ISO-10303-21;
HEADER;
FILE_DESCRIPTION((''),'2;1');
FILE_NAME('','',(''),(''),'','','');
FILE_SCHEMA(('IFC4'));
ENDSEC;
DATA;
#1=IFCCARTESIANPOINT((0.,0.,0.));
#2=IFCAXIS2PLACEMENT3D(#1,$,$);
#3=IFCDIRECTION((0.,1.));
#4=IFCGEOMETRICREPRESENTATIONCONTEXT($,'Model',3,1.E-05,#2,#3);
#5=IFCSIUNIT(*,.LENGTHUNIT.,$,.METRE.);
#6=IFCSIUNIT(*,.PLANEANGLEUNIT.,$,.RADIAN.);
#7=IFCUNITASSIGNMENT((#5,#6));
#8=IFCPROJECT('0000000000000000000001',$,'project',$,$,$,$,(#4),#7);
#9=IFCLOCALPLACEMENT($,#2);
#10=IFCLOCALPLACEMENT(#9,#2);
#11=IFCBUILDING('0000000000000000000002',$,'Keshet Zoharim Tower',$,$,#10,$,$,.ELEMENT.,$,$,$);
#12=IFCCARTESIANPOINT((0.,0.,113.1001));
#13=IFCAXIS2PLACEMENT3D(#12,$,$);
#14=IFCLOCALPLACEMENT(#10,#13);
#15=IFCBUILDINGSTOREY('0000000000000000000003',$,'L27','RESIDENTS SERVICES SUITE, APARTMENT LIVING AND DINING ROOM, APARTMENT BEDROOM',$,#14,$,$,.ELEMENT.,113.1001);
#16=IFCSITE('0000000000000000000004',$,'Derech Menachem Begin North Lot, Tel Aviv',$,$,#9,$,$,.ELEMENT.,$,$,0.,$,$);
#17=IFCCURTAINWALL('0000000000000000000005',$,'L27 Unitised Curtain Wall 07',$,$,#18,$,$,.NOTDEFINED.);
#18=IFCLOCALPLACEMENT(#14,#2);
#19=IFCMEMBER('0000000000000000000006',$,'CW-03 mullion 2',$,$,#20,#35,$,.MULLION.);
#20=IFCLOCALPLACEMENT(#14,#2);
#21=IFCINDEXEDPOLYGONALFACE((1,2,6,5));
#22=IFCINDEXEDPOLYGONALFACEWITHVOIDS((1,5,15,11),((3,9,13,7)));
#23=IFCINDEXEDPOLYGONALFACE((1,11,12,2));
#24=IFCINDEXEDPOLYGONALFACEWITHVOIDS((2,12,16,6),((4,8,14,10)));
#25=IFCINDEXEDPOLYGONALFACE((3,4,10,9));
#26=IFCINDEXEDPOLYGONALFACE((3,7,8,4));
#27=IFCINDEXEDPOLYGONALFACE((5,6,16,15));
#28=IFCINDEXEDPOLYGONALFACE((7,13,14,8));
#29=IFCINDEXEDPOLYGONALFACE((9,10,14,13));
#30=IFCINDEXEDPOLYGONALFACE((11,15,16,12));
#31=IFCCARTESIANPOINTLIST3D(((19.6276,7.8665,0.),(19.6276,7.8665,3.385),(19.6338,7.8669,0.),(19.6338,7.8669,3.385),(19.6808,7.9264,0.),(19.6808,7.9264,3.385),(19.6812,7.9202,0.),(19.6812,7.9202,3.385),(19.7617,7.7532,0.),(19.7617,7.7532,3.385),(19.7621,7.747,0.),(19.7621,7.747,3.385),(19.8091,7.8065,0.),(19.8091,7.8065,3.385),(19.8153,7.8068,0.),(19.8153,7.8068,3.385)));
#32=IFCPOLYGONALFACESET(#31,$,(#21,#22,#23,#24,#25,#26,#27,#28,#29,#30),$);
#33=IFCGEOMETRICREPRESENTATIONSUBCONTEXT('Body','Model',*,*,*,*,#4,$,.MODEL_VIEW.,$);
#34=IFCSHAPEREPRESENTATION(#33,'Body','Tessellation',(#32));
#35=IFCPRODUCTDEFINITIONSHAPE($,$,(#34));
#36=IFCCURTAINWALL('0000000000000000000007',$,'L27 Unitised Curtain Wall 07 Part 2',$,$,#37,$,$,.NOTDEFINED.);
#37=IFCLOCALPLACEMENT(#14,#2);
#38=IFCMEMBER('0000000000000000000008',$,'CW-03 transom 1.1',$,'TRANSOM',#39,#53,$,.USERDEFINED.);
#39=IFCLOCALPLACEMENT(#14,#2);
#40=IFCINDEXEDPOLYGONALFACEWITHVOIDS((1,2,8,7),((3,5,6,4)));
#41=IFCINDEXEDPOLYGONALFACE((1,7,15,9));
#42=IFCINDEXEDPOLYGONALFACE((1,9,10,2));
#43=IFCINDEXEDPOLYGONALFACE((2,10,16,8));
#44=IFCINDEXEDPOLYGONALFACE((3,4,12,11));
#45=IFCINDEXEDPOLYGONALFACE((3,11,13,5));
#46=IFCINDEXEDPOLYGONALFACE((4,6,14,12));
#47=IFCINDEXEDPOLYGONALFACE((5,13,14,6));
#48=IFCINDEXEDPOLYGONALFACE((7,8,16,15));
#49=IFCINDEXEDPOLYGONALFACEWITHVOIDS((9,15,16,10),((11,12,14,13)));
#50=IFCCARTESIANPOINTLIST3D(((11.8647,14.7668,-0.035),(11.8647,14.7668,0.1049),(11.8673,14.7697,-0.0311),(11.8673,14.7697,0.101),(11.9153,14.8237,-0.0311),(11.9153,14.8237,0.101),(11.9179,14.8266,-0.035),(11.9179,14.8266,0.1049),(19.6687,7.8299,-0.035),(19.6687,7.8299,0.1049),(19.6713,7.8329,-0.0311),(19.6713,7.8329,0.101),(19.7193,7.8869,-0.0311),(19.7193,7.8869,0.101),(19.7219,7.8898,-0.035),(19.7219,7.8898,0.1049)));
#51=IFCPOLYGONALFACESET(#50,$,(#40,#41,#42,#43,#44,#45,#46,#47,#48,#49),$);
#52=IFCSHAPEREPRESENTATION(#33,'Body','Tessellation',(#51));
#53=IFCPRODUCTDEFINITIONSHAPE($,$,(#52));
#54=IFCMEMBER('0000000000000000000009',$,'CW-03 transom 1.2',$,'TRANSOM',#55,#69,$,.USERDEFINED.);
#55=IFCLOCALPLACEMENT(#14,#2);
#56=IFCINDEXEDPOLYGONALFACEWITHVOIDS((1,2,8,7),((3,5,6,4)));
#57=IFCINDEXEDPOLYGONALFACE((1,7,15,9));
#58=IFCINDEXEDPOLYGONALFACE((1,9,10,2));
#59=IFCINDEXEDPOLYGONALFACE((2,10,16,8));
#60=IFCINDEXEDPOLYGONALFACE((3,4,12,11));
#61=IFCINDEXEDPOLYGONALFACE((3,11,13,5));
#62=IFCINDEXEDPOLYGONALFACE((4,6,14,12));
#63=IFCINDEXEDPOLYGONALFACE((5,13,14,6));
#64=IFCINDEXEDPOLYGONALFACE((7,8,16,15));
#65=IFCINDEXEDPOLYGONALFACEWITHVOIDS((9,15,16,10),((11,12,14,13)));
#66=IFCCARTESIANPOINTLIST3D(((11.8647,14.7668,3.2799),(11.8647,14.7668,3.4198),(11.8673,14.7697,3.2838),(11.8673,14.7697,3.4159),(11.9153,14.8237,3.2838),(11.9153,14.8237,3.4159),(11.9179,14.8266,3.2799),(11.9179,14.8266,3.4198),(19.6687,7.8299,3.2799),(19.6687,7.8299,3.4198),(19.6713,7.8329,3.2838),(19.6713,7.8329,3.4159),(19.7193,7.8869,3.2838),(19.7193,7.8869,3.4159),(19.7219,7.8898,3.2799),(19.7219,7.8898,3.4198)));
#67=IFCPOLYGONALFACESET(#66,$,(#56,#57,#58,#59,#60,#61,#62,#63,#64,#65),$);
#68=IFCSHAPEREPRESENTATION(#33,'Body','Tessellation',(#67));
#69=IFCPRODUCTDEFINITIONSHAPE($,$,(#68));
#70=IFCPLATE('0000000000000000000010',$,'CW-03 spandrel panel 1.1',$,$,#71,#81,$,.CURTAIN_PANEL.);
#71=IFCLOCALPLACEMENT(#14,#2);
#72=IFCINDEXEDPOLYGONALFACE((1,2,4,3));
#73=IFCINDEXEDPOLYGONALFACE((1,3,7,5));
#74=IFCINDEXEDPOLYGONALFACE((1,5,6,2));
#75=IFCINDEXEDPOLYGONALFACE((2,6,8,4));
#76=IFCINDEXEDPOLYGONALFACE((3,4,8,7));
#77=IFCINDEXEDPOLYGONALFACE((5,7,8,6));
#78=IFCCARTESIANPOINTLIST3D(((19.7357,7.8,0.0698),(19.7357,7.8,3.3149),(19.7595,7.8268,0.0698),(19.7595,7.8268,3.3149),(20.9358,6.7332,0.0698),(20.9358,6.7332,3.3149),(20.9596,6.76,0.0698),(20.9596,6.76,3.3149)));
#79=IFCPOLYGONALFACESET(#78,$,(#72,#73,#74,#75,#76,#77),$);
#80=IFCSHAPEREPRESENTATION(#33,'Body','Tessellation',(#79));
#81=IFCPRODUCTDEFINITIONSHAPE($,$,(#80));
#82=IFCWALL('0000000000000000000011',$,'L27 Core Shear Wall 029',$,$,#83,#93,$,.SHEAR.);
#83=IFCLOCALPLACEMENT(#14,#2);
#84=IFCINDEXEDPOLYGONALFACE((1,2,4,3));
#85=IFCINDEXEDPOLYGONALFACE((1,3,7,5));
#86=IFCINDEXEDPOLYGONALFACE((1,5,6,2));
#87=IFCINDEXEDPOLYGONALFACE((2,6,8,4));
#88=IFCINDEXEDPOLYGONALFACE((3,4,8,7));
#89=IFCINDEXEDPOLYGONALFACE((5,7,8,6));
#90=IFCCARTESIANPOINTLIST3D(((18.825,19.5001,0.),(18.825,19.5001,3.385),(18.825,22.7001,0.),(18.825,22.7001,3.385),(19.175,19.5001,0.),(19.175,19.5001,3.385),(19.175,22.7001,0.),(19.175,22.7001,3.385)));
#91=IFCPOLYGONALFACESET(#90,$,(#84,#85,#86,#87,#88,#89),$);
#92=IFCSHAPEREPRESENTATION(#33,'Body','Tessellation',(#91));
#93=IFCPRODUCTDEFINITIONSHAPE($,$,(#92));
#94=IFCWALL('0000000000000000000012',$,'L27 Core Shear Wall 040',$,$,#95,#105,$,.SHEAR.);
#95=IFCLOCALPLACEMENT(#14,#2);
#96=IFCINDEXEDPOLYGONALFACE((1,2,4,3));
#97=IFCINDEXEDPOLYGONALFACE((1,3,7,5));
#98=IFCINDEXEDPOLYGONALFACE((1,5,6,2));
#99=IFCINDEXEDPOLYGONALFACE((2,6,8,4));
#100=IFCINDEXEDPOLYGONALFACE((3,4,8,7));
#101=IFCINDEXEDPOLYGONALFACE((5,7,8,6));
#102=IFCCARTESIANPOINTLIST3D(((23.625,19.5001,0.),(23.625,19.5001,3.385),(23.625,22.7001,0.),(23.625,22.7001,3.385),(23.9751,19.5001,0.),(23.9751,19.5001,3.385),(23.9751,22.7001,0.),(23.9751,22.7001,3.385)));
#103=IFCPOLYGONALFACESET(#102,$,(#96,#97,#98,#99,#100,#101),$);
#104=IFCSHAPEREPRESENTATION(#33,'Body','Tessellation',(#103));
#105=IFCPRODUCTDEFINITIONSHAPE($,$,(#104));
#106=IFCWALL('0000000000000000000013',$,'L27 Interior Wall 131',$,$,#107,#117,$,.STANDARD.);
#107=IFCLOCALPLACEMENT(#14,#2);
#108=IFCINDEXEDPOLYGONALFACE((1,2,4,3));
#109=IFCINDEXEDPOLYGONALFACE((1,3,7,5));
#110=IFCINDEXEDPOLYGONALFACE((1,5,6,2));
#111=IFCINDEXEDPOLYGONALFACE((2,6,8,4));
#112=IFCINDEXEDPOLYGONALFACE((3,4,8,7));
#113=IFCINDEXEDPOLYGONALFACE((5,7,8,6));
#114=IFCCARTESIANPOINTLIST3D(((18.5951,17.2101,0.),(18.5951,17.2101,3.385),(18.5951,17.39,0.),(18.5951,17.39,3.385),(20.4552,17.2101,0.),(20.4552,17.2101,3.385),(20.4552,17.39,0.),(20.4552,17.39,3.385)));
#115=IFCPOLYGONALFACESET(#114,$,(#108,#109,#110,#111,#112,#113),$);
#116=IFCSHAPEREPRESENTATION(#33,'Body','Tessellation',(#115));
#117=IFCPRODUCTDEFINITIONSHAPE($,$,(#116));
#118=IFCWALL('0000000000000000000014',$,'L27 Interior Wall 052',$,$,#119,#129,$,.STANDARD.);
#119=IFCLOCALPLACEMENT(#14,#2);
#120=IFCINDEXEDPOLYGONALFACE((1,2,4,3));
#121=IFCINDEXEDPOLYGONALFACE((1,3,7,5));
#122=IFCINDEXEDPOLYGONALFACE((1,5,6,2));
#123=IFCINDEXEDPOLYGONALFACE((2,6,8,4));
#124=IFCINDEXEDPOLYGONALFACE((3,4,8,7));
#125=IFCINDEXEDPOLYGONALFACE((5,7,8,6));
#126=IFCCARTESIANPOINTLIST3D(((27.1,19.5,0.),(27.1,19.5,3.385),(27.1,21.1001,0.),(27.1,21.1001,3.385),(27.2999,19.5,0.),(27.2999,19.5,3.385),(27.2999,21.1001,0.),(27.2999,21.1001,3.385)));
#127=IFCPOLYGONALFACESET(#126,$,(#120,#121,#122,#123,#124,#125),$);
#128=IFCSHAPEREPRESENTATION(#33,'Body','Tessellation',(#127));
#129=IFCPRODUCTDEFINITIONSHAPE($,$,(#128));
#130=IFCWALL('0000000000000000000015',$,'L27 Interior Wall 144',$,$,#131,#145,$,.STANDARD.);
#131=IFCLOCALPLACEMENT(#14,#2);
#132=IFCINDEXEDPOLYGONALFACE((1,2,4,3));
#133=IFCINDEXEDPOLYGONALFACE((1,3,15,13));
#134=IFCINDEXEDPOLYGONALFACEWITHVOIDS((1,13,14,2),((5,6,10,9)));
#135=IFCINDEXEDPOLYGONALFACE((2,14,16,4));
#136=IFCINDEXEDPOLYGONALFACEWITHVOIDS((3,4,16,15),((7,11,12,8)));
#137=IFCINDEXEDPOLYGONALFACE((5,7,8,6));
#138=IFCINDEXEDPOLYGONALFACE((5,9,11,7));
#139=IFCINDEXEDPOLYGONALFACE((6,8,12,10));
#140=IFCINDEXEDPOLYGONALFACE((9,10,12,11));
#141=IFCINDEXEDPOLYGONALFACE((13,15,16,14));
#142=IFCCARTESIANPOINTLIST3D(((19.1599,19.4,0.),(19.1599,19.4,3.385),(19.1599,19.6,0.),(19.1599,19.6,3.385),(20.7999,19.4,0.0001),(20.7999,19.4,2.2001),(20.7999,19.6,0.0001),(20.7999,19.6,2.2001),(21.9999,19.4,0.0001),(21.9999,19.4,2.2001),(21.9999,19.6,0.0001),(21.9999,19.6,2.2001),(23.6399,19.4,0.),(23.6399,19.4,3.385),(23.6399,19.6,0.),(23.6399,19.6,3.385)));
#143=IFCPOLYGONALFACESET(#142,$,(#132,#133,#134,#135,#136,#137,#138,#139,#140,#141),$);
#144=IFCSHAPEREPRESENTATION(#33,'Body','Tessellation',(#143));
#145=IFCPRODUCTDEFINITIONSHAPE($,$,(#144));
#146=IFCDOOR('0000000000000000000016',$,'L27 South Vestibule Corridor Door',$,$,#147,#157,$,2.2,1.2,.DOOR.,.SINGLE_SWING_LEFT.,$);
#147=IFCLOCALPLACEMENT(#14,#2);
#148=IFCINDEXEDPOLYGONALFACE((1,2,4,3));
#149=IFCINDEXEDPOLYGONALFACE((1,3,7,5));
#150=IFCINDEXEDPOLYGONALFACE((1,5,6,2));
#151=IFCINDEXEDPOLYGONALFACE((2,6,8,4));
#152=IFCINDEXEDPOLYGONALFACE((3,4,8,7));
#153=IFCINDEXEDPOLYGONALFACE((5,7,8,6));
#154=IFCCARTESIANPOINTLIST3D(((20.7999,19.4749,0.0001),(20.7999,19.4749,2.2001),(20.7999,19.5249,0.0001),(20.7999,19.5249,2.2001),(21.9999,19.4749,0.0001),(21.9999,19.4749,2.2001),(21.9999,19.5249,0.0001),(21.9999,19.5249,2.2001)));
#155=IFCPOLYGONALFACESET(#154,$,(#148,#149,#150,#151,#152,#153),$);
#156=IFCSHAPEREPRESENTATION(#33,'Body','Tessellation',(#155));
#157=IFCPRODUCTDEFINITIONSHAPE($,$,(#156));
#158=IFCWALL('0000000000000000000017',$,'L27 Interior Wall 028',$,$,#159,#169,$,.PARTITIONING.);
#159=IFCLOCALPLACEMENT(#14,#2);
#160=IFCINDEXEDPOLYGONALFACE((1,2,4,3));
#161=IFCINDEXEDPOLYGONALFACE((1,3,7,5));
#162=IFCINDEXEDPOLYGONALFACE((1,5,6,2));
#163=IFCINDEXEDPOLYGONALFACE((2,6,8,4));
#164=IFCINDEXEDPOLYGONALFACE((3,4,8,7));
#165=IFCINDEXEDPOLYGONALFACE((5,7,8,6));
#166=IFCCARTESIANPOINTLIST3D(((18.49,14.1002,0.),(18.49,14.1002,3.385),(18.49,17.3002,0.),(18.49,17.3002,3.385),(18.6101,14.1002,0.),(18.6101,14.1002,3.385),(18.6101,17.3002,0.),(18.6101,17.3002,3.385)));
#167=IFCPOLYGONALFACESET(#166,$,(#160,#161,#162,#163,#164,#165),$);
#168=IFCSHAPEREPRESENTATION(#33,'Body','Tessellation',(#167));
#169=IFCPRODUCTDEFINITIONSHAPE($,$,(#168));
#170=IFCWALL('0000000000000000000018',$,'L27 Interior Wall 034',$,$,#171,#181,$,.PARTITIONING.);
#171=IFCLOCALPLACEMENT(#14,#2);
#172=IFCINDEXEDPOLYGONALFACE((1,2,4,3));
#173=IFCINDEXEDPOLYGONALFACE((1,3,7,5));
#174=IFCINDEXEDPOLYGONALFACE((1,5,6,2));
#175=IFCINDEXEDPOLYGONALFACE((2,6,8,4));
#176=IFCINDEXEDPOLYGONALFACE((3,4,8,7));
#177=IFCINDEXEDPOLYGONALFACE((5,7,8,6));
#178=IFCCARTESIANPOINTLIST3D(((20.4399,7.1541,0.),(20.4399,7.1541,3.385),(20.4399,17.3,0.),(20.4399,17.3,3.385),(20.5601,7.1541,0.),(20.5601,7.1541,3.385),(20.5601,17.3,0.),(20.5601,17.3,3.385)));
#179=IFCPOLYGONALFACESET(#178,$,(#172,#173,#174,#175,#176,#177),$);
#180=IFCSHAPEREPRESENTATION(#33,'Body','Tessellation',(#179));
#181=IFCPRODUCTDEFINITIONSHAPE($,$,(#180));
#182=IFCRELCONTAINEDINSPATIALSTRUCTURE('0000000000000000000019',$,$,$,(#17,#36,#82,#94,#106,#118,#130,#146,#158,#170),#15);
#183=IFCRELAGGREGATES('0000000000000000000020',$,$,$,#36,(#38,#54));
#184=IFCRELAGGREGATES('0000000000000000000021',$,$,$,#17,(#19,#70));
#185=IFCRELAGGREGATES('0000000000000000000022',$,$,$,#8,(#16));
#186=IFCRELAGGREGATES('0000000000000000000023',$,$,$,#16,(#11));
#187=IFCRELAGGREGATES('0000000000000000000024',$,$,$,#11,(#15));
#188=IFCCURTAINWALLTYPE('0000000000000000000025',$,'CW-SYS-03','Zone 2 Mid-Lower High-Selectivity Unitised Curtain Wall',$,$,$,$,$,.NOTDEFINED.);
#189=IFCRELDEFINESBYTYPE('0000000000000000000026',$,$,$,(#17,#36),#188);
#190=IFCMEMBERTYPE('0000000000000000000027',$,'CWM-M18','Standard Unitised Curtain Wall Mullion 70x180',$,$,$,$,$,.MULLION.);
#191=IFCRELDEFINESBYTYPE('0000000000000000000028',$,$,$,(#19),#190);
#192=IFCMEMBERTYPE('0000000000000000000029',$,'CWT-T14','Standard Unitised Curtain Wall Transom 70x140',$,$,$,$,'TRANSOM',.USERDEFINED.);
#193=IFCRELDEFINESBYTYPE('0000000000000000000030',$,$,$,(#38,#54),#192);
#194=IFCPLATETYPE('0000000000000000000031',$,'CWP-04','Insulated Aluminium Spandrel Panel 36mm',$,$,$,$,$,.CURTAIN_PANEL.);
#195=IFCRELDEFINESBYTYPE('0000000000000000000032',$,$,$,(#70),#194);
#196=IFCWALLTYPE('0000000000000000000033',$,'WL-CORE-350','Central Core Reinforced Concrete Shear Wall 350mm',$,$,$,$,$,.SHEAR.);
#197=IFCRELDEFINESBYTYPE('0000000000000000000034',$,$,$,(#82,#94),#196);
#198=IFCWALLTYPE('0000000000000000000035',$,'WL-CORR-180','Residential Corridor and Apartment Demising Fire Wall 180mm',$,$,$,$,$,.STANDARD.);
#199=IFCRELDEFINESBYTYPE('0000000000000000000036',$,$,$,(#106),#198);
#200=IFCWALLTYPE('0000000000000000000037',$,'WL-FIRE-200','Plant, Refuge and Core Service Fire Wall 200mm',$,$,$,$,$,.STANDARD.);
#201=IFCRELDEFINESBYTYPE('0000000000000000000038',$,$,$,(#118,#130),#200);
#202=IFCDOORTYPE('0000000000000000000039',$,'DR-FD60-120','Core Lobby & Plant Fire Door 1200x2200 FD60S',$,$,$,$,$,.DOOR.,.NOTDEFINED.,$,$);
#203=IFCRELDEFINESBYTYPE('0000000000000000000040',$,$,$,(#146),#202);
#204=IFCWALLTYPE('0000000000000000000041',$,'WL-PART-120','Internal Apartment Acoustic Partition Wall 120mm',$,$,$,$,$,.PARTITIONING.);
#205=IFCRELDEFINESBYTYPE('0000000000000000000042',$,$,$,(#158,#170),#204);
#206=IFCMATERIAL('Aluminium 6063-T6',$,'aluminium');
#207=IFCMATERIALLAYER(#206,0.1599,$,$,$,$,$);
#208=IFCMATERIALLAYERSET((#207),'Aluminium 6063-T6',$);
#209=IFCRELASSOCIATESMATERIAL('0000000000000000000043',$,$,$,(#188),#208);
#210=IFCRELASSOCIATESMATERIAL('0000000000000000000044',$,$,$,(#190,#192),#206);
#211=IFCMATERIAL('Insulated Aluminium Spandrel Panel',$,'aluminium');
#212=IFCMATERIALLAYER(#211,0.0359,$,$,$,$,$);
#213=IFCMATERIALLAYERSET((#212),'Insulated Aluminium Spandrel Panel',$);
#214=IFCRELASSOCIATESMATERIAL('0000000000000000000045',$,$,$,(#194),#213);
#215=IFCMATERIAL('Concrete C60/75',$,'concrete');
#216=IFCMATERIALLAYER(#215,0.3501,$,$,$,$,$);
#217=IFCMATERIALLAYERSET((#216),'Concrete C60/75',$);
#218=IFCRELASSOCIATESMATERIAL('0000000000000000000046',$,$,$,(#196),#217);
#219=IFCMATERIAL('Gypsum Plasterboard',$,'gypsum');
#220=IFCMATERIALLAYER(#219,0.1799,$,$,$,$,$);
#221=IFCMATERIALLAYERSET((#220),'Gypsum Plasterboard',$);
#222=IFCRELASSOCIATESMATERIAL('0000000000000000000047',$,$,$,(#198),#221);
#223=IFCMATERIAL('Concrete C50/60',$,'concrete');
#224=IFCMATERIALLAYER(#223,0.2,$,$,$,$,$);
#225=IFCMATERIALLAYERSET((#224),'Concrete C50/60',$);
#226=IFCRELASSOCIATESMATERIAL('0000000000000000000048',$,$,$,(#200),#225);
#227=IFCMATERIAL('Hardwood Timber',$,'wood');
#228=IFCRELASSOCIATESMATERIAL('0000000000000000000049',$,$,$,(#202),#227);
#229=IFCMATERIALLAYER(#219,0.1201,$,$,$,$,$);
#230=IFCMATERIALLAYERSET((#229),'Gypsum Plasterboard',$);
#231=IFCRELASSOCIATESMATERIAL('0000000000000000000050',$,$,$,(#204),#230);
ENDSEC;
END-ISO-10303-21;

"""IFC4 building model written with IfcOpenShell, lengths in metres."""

from ifc_helpers import new_model, si_unit, direction, frame, frame_2d, origin, origin_2d, place, context, subcontext, project, spatial, rectangle, hollow_rectangle, extrude, material, layer, layer_set, material_profile, profile_set, type_object, element, fill, aggregate, save


model = new_model("IFC4")

# Units and contexts
model_context = context("Model", 3, precision=1e-05, world=origin(), true_north=direction((0.0, 1.0)))
body_context = subcontext(model_context, "Body", "Model", "MODEL_VIEW")
ifc_project = project(units=[si_unit("LENGTHUNIT", "METRE"), si_unit("PLANEANGLEUNIT", "RADIAN")], contexts=[model_context])

# Site, building, storey
site_placement = place(None, origin())
site = spatial("IfcSite", under=ifc_project, at=site_placement, Name="Derech Menachem Begin North Lot, Tel Aviv", CompositionType="ELEMENT", RefElevation=0.0)
building_placement = place(site_placement, origin())
building = spatial("IfcBuilding", under=site, at=building_placement, Name="Keshet Zoharim Tower", CompositionType="ELEMENT")
storey_placement = place(building_placement, frame((0.0, 0.0, 113.1001)))
storey = spatial("IfcBuildingStorey", under=building, at=storey_placement, Name="L27", Description="RESIDENTS SERVICES SUITE, APARTMENT LIVING AND DINING ROOM, APARTMENT BEDROOM", CompositionType="ELEMENT", Elevation=113.1001)

# Curtain wall, member
ifc_material_1 = material(Name="Aluminium 6063-T6", Category="aluminium")
ifc_layer_1 = layer(ifc_material_1, 0.1599)
ifc_layer_set_1 = layer_set([ifc_layer_1], Name="Aluminium 6063-T6")
curtain_wall_type = type_object("IfcCurtainWallType", Name="CW-SYS-03", Description="Zone 2 Mid-Lower High-Selectivity Unitised Curtain Wall", PredefinedType="NOTDEFINED", material=ifc_layer_set_1)
curtain_wall_1_placement = place(storey_placement, origin())
curtain_wall_1 = element("IfcCurtainWall", 1, at=curtain_wall_1_placement, inside=storey, type_object=curtain_wall_type, Name="L27 Unitised Curtain Wall 07", PredefinedType="NOTDEFINED")
ifc_material_profile_1 = material_profile(ifc_material_1, hollow_rectangle(XDim=0.0801, YDim=0.1799, WallThickness=0.0044, at=origin_2d()), Name="MUL-80x180")
ifc_profile_set_1 = profile_set([ifc_material_profile_1], Name="Aluminium 6063-T6")
member_type_1 = type_object("IfcMemberType", Name="CWM-M18", Description="Standard Unitised Curtain Wall Mullion 70x180", PredefinedType="MULLION", material=ifc_profile_set_1)
member_1_placement = place(storey_placement, frame((19.7214, 7.8367, 0.0), z_axis=(0.0, 0.0, 1.0), x_axis=(-0.664389, -0.747387, 0.0)))
member_1 = element("IfcMember", 2, at=member_1_placement, type_object=member_type_1, Name="CW-03 mullion 2", PredefinedType="MULLION", context=body_context, shape_type="SweptSolid", body=[
    extrude(hollow_rectangle(XDim=0.0801, YDim=0.1799, WallThickness=0.0044, at=origin_2d()), origin(), (0.0, 0.0, 1.0), 3.385),
])

# Curtain wall, members
curtain_wall_2_placement = place(storey_placement, origin())
curtain_wall_2 = element("IfcCurtainWall", 3, at=curtain_wall_2_placement, inside=storey, type_object=curtain_wall_type, Name="L27 Unitised Curtain Wall 07 Part 2", PredefinedType="NOTDEFINED")
ifc_material_profile_2 = material_profile(ifc_material_1, hollow_rectangle(XDim=0.0801, YDim=0.1399, WallThickness=0.0039, at=origin_2d()), Name="TRN-80x140")
ifc_profile_set_2 = profile_set([ifc_material_profile_2], Name="Aluminium 6063-T6")
member_type_2 = type_object("IfcMemberType", Name="CWT-T14", Description="Standard Unitised Curtain Wall Transom 70x140", ElementType="TRANSOM", PredefinedType="USERDEFINED", material=ifc_profile_set_2)
member_2_placement = place(storey_placement, frame((19.6953, 7.8599, 0.0349), z_axis=(-0.747413, 0.664359, 0.0), x_axis=(-0.664359, -0.747413, 0.0)))
member_2 = element("IfcMember", 4, at=member_2_placement, type_object=member_type_2, Name="CW-03 transom 1.1", ObjectType="TRANSOM", PredefinedType="USERDEFINED", context=body_context, shape_type="SweptSolid", body=[
    extrude(hollow_rectangle(XDim=0.0801, YDim=0.1399, WallThickness=0.0039, at=origin_2d()), origin(), (0.0, 0.0, 1.0), 10.4414),
])
member_3_placement = place(storey_placement, frame((19.6953, 7.8599, 3.3499), z_axis=(-0.747413, 0.664359, 0.0), x_axis=(-0.664359, -0.747413, 0.0)))
member_3 = element("IfcMember", 5, at=member_3_placement, type_object=member_type_2, Name="CW-03 transom 1.2", ObjectType="TRANSOM", PredefinedType="USERDEFINED", context=body_context, shape_type="SweptSolid", body=[
    extrude(hollow_rectangle(XDim=0.0801, YDim=0.1399, WallThickness=0.0039, at=origin_2d()), origin(), (0.0, 0.0, 1.0), 10.4414),
])
aggregate(curtain_wall_2, [member_2, member_3])

# Plate
ifc_material_2 = material(Name="Insulated Aluminium Spandrel Panel", Category="aluminium")
ifc_layer_2 = layer(ifc_material_2, 0.0359)
ifc_layer_set_2 = layer_set([ifc_layer_2], Name="Insulated Aluminium Spandrel Panel")
plate_type = type_object("IfcPlateType", Name="CWP-04", Description="Insulated Aluminium Spandrel Panel 36mm", PredefinedType="CURTAIN_PANEL", material=ifc_layer_set_2)
plate_placement = place(storey_placement, frame((20.3477, 7.28, 0.0698), z_axis=(0.0, 0.0, 1.0), x_axis=(-0.747387, 0.664389, 0.0)))
plate = element("IfcPlate", 6, at=plate_placement, type_object=plate_type, Name="CW-03 spandrel panel 1.1", PredefinedType="CURTAIN_PANEL", context=body_context, shape_type="SweptSolid", body=[
    extrude(rectangle(XDim=1.6057, YDim=0.0359, at=origin_2d()), origin(), (0.0, 0.0, 1.0), 3.2451),
])
aggregate(curtain_wall_1, [member_1, plate])

# Shared definitions
ifc_material_3 = material(Name="Gypsum Plasterboard", Category="gypsum")
ifc_material_4 = material(Name="Hardwood Timber", Category="wood")

# Walls
ifc_material_5 = material(Name="Concrete C60/75", Category="concrete")
ifc_layer_3 = layer(ifc_material_5, 0.3501)
ifc_layer_set_3 = layer_set([ifc_layer_3], Name="Concrete C60/75")
wall_type_1 = type_object("IfcWallType", Name="WL-CORE-350", Description="Central Core Reinforced Concrete Shear Wall 350mm", PredefinedType="SHEAR", material=ifc_layer_set_3)
for number, where, z_axis, x_axis, name in (
    (7, (19.0, 19.5, 0.0), (0.0, 0.0, 1.0), (0.0, 1.0, 0.0), "L27 Core Shear Wall 029"),
    (8, (23.8, 19.5, 0.0), (0.0, 0.0, 1.0), (0.0, 1.0, 0.0), "L27 Core Shear Wall 040"),
):
    element("IfcWall", number, at=place(storey_placement, frame(where, z_axis=z_axis, x_axis=x_axis)), inside=storey, type_object=wall_type_1, Name=name, PredefinedType="SHEAR", context=body_context, shape_type="SweptSolid", body=[
        extrude(rectangle(XDim=3.2, YDim=0.3501, at=frame_2d((1.6001, 0.0))), origin(), (0.0, 0.0, 1.0), 3.385),
    ])
ifc_layer_4 = layer(ifc_material_3, 0.1799)
ifc_layer_set_4 = layer_set([ifc_layer_4], Name="Gypsum Plasterboard")
wall_type_2 = type_object("IfcWallType", Name="WL-CORR-180", Description="Residential Corridor and Apartment Demising Fire Wall 180mm", PredefinedType="STANDARD", material=ifc_layer_set_4)
wall_1_placement = place(storey_placement, frame((18.595, 17.3, 0.0), z_axis=(0.0, 0.0, 1.0), x_axis=(1.0, 0.0, 0.0)))
element("IfcWall", 9, at=wall_1_placement, inside=storey, type_object=wall_type_2, Name="L27 Interior Wall 131", PredefinedType="STANDARD", context=body_context, shape_type="SweptSolid", body=[
    extrude(rectangle(XDim=1.8601, YDim=0.1799, at=frame_2d((0.9302, 0.0))), origin(), (0.0, 0.0, 1.0), 3.385),
])
ifc_material_6 = material(Name="Concrete C50/60", Category="concrete")
ifc_layer_5 = layer(ifc_material_6, 0.2)
ifc_layer_set_5 = layer_set([ifc_layer_5], Name="Concrete C50/60")
wall_type_3 = type_object("IfcWallType", Name="WL-FIRE-200", Description="Plant, Refuge and Core Service Fire Wall 200mm", PredefinedType="STANDARD", material=ifc_layer_set_5)
wall_2_placement = place(storey_placement, frame((27.2, 19.5, 0.0), z_axis=(0.0, 0.0, 1.0), x_axis=(0.0, 1.0, 0.0)))
element("IfcWall", 10, at=wall_2_placement, inside=storey, type_object=wall_type_3, Name="L27 Interior Wall 052", PredefinedType="STANDARD", context=body_context, shape_type="SweptSolid", body=[
    extrude(rectangle(XDim=1.6001, YDim=0.2, at=frame_2d((0.8, 0.0))), origin(), (0.0, 0.0, 1.0), 3.385),
])

# Wall, opening, door
wall_3_placement = place(storey_placement, frame((19.1599, 19.5, 0.0), z_axis=(0.0, 0.0, 1.0), x_axis=(1.0, 0.0, 0.0)))
wall_3 = element("IfcWall", 11, at=wall_3_placement, inside=storey, type_object=wall_type_3, Name="L27 Interior Wall 144", PredefinedType="STANDARD", context=body_context, shape_type="SweptSolid", body=[
    extrude(rectangle(XDim=4.48, YDim=0.2, at=frame_2d((2.24, 0.0))), origin(), (0.0, 0.0, 1.0), 3.385),
])
opening_1_placement = place(wall_3_placement, frame((1.6399, 0.0, 0.0)))
opening_1 = element("IfcOpeningElement", 12, at=opening_1_placement, cuts=wall_3, PredefinedType="OPENING", context=body_context, shape_type="SweptSolid", body=[
    extrude(rectangle(XDim=1.2, YDim=2.2, at=frame_2d((0.6001, 1.1001))), frame((0.0, 0.1099, 0.0), z_axis=(0.0, -1.0, 0.0), x_axis=(1.0, 0.0, 0.0)), (0.0, 0.0, 1.0), 0.22),
])
door_type_1 = type_object("IfcDoorType", Name="DR-FD60-120", Description="Core Lobby & Plant Fire Door 1200x2200 FD60S", OperationType="NOTDEFINED", PredefinedType="DOOR", material=ifc_material_4)
door_1_placement = place(opening_1_placement, origin())
door_1 = element("IfcDoor", 13, at=door_1_placement, inside=storey, type_object=door_type_1, Name="L27 South Vestibule Corridor Door", OperationType="SINGLE_SWING_LEFT", OverallHeight=2.2, OverallWidth=1.2, PredefinedType="DOOR", context=body_context, shape_type="SweptSolid", body=[
    extrude(rectangle(XDim=1.2, YDim=2.2, at=frame_2d((0.6001, 1.1001))), frame((0.0, 0.0249, 0.0), z_axis=(0.0, -1.0, 0.0), x_axis=(1.0, 0.0, 0.0)), (0.0, 0.0, 1.0), 0.05),
])
fill(opening_1, door_1)

# Walls
ifc_layer_6 = layer(ifc_material_3, 0.1201)
ifc_layer_set_6 = layer_set([ifc_layer_6], Name="Gypsum Plasterboard")
wall_type_4 = type_object("IfcWallType", Name="WL-PART-120", Description="Internal Apartment Acoustic Partition Wall 120mm", PredefinedType="PARTITIONING", material=ifc_layer_set_6)
wall_4_placement = place(storey_placement, frame((18.55, 14.1001, 0.0), z_axis=(0.0, 0.0, 1.0), x_axis=(0.0, 1.0, 0.0)))
element("IfcWall", 14, at=wall_4_placement, inside=storey, type_object=wall_type_4, Name="L27 Interior Wall 028", PredefinedType="PARTITIONING", context=body_context, shape_type="SweptSolid", body=[
    extrude(rectangle(XDim=3.2, YDim=0.1201, at=frame_2d((1.6001, 0.0))), origin(), (0.0, 0.0, 1.0), 3.385),
])
wall_5_placement = place(storey_placement, frame((20.5, 7.1541, 0.0), z_axis=(0.0, 0.0, 1.0), x_axis=(0.0, 1.0, 0.0)))
element("IfcWall", 15, at=wall_5_placement, inside=storey, type_object=wall_type_4, Name="L27 Interior Wall 034", PredefinedType="PARTITIONING", context=body_context, shape_type="SweptSolid", body=[
    extrude(rectangle(XDim=10.146, YDim=0.1201, at=frame_2d((5.073, 0.0))), origin(), (0.0, 0.0, 1.0), 3.385),
])

save(model, "model.ifc")
